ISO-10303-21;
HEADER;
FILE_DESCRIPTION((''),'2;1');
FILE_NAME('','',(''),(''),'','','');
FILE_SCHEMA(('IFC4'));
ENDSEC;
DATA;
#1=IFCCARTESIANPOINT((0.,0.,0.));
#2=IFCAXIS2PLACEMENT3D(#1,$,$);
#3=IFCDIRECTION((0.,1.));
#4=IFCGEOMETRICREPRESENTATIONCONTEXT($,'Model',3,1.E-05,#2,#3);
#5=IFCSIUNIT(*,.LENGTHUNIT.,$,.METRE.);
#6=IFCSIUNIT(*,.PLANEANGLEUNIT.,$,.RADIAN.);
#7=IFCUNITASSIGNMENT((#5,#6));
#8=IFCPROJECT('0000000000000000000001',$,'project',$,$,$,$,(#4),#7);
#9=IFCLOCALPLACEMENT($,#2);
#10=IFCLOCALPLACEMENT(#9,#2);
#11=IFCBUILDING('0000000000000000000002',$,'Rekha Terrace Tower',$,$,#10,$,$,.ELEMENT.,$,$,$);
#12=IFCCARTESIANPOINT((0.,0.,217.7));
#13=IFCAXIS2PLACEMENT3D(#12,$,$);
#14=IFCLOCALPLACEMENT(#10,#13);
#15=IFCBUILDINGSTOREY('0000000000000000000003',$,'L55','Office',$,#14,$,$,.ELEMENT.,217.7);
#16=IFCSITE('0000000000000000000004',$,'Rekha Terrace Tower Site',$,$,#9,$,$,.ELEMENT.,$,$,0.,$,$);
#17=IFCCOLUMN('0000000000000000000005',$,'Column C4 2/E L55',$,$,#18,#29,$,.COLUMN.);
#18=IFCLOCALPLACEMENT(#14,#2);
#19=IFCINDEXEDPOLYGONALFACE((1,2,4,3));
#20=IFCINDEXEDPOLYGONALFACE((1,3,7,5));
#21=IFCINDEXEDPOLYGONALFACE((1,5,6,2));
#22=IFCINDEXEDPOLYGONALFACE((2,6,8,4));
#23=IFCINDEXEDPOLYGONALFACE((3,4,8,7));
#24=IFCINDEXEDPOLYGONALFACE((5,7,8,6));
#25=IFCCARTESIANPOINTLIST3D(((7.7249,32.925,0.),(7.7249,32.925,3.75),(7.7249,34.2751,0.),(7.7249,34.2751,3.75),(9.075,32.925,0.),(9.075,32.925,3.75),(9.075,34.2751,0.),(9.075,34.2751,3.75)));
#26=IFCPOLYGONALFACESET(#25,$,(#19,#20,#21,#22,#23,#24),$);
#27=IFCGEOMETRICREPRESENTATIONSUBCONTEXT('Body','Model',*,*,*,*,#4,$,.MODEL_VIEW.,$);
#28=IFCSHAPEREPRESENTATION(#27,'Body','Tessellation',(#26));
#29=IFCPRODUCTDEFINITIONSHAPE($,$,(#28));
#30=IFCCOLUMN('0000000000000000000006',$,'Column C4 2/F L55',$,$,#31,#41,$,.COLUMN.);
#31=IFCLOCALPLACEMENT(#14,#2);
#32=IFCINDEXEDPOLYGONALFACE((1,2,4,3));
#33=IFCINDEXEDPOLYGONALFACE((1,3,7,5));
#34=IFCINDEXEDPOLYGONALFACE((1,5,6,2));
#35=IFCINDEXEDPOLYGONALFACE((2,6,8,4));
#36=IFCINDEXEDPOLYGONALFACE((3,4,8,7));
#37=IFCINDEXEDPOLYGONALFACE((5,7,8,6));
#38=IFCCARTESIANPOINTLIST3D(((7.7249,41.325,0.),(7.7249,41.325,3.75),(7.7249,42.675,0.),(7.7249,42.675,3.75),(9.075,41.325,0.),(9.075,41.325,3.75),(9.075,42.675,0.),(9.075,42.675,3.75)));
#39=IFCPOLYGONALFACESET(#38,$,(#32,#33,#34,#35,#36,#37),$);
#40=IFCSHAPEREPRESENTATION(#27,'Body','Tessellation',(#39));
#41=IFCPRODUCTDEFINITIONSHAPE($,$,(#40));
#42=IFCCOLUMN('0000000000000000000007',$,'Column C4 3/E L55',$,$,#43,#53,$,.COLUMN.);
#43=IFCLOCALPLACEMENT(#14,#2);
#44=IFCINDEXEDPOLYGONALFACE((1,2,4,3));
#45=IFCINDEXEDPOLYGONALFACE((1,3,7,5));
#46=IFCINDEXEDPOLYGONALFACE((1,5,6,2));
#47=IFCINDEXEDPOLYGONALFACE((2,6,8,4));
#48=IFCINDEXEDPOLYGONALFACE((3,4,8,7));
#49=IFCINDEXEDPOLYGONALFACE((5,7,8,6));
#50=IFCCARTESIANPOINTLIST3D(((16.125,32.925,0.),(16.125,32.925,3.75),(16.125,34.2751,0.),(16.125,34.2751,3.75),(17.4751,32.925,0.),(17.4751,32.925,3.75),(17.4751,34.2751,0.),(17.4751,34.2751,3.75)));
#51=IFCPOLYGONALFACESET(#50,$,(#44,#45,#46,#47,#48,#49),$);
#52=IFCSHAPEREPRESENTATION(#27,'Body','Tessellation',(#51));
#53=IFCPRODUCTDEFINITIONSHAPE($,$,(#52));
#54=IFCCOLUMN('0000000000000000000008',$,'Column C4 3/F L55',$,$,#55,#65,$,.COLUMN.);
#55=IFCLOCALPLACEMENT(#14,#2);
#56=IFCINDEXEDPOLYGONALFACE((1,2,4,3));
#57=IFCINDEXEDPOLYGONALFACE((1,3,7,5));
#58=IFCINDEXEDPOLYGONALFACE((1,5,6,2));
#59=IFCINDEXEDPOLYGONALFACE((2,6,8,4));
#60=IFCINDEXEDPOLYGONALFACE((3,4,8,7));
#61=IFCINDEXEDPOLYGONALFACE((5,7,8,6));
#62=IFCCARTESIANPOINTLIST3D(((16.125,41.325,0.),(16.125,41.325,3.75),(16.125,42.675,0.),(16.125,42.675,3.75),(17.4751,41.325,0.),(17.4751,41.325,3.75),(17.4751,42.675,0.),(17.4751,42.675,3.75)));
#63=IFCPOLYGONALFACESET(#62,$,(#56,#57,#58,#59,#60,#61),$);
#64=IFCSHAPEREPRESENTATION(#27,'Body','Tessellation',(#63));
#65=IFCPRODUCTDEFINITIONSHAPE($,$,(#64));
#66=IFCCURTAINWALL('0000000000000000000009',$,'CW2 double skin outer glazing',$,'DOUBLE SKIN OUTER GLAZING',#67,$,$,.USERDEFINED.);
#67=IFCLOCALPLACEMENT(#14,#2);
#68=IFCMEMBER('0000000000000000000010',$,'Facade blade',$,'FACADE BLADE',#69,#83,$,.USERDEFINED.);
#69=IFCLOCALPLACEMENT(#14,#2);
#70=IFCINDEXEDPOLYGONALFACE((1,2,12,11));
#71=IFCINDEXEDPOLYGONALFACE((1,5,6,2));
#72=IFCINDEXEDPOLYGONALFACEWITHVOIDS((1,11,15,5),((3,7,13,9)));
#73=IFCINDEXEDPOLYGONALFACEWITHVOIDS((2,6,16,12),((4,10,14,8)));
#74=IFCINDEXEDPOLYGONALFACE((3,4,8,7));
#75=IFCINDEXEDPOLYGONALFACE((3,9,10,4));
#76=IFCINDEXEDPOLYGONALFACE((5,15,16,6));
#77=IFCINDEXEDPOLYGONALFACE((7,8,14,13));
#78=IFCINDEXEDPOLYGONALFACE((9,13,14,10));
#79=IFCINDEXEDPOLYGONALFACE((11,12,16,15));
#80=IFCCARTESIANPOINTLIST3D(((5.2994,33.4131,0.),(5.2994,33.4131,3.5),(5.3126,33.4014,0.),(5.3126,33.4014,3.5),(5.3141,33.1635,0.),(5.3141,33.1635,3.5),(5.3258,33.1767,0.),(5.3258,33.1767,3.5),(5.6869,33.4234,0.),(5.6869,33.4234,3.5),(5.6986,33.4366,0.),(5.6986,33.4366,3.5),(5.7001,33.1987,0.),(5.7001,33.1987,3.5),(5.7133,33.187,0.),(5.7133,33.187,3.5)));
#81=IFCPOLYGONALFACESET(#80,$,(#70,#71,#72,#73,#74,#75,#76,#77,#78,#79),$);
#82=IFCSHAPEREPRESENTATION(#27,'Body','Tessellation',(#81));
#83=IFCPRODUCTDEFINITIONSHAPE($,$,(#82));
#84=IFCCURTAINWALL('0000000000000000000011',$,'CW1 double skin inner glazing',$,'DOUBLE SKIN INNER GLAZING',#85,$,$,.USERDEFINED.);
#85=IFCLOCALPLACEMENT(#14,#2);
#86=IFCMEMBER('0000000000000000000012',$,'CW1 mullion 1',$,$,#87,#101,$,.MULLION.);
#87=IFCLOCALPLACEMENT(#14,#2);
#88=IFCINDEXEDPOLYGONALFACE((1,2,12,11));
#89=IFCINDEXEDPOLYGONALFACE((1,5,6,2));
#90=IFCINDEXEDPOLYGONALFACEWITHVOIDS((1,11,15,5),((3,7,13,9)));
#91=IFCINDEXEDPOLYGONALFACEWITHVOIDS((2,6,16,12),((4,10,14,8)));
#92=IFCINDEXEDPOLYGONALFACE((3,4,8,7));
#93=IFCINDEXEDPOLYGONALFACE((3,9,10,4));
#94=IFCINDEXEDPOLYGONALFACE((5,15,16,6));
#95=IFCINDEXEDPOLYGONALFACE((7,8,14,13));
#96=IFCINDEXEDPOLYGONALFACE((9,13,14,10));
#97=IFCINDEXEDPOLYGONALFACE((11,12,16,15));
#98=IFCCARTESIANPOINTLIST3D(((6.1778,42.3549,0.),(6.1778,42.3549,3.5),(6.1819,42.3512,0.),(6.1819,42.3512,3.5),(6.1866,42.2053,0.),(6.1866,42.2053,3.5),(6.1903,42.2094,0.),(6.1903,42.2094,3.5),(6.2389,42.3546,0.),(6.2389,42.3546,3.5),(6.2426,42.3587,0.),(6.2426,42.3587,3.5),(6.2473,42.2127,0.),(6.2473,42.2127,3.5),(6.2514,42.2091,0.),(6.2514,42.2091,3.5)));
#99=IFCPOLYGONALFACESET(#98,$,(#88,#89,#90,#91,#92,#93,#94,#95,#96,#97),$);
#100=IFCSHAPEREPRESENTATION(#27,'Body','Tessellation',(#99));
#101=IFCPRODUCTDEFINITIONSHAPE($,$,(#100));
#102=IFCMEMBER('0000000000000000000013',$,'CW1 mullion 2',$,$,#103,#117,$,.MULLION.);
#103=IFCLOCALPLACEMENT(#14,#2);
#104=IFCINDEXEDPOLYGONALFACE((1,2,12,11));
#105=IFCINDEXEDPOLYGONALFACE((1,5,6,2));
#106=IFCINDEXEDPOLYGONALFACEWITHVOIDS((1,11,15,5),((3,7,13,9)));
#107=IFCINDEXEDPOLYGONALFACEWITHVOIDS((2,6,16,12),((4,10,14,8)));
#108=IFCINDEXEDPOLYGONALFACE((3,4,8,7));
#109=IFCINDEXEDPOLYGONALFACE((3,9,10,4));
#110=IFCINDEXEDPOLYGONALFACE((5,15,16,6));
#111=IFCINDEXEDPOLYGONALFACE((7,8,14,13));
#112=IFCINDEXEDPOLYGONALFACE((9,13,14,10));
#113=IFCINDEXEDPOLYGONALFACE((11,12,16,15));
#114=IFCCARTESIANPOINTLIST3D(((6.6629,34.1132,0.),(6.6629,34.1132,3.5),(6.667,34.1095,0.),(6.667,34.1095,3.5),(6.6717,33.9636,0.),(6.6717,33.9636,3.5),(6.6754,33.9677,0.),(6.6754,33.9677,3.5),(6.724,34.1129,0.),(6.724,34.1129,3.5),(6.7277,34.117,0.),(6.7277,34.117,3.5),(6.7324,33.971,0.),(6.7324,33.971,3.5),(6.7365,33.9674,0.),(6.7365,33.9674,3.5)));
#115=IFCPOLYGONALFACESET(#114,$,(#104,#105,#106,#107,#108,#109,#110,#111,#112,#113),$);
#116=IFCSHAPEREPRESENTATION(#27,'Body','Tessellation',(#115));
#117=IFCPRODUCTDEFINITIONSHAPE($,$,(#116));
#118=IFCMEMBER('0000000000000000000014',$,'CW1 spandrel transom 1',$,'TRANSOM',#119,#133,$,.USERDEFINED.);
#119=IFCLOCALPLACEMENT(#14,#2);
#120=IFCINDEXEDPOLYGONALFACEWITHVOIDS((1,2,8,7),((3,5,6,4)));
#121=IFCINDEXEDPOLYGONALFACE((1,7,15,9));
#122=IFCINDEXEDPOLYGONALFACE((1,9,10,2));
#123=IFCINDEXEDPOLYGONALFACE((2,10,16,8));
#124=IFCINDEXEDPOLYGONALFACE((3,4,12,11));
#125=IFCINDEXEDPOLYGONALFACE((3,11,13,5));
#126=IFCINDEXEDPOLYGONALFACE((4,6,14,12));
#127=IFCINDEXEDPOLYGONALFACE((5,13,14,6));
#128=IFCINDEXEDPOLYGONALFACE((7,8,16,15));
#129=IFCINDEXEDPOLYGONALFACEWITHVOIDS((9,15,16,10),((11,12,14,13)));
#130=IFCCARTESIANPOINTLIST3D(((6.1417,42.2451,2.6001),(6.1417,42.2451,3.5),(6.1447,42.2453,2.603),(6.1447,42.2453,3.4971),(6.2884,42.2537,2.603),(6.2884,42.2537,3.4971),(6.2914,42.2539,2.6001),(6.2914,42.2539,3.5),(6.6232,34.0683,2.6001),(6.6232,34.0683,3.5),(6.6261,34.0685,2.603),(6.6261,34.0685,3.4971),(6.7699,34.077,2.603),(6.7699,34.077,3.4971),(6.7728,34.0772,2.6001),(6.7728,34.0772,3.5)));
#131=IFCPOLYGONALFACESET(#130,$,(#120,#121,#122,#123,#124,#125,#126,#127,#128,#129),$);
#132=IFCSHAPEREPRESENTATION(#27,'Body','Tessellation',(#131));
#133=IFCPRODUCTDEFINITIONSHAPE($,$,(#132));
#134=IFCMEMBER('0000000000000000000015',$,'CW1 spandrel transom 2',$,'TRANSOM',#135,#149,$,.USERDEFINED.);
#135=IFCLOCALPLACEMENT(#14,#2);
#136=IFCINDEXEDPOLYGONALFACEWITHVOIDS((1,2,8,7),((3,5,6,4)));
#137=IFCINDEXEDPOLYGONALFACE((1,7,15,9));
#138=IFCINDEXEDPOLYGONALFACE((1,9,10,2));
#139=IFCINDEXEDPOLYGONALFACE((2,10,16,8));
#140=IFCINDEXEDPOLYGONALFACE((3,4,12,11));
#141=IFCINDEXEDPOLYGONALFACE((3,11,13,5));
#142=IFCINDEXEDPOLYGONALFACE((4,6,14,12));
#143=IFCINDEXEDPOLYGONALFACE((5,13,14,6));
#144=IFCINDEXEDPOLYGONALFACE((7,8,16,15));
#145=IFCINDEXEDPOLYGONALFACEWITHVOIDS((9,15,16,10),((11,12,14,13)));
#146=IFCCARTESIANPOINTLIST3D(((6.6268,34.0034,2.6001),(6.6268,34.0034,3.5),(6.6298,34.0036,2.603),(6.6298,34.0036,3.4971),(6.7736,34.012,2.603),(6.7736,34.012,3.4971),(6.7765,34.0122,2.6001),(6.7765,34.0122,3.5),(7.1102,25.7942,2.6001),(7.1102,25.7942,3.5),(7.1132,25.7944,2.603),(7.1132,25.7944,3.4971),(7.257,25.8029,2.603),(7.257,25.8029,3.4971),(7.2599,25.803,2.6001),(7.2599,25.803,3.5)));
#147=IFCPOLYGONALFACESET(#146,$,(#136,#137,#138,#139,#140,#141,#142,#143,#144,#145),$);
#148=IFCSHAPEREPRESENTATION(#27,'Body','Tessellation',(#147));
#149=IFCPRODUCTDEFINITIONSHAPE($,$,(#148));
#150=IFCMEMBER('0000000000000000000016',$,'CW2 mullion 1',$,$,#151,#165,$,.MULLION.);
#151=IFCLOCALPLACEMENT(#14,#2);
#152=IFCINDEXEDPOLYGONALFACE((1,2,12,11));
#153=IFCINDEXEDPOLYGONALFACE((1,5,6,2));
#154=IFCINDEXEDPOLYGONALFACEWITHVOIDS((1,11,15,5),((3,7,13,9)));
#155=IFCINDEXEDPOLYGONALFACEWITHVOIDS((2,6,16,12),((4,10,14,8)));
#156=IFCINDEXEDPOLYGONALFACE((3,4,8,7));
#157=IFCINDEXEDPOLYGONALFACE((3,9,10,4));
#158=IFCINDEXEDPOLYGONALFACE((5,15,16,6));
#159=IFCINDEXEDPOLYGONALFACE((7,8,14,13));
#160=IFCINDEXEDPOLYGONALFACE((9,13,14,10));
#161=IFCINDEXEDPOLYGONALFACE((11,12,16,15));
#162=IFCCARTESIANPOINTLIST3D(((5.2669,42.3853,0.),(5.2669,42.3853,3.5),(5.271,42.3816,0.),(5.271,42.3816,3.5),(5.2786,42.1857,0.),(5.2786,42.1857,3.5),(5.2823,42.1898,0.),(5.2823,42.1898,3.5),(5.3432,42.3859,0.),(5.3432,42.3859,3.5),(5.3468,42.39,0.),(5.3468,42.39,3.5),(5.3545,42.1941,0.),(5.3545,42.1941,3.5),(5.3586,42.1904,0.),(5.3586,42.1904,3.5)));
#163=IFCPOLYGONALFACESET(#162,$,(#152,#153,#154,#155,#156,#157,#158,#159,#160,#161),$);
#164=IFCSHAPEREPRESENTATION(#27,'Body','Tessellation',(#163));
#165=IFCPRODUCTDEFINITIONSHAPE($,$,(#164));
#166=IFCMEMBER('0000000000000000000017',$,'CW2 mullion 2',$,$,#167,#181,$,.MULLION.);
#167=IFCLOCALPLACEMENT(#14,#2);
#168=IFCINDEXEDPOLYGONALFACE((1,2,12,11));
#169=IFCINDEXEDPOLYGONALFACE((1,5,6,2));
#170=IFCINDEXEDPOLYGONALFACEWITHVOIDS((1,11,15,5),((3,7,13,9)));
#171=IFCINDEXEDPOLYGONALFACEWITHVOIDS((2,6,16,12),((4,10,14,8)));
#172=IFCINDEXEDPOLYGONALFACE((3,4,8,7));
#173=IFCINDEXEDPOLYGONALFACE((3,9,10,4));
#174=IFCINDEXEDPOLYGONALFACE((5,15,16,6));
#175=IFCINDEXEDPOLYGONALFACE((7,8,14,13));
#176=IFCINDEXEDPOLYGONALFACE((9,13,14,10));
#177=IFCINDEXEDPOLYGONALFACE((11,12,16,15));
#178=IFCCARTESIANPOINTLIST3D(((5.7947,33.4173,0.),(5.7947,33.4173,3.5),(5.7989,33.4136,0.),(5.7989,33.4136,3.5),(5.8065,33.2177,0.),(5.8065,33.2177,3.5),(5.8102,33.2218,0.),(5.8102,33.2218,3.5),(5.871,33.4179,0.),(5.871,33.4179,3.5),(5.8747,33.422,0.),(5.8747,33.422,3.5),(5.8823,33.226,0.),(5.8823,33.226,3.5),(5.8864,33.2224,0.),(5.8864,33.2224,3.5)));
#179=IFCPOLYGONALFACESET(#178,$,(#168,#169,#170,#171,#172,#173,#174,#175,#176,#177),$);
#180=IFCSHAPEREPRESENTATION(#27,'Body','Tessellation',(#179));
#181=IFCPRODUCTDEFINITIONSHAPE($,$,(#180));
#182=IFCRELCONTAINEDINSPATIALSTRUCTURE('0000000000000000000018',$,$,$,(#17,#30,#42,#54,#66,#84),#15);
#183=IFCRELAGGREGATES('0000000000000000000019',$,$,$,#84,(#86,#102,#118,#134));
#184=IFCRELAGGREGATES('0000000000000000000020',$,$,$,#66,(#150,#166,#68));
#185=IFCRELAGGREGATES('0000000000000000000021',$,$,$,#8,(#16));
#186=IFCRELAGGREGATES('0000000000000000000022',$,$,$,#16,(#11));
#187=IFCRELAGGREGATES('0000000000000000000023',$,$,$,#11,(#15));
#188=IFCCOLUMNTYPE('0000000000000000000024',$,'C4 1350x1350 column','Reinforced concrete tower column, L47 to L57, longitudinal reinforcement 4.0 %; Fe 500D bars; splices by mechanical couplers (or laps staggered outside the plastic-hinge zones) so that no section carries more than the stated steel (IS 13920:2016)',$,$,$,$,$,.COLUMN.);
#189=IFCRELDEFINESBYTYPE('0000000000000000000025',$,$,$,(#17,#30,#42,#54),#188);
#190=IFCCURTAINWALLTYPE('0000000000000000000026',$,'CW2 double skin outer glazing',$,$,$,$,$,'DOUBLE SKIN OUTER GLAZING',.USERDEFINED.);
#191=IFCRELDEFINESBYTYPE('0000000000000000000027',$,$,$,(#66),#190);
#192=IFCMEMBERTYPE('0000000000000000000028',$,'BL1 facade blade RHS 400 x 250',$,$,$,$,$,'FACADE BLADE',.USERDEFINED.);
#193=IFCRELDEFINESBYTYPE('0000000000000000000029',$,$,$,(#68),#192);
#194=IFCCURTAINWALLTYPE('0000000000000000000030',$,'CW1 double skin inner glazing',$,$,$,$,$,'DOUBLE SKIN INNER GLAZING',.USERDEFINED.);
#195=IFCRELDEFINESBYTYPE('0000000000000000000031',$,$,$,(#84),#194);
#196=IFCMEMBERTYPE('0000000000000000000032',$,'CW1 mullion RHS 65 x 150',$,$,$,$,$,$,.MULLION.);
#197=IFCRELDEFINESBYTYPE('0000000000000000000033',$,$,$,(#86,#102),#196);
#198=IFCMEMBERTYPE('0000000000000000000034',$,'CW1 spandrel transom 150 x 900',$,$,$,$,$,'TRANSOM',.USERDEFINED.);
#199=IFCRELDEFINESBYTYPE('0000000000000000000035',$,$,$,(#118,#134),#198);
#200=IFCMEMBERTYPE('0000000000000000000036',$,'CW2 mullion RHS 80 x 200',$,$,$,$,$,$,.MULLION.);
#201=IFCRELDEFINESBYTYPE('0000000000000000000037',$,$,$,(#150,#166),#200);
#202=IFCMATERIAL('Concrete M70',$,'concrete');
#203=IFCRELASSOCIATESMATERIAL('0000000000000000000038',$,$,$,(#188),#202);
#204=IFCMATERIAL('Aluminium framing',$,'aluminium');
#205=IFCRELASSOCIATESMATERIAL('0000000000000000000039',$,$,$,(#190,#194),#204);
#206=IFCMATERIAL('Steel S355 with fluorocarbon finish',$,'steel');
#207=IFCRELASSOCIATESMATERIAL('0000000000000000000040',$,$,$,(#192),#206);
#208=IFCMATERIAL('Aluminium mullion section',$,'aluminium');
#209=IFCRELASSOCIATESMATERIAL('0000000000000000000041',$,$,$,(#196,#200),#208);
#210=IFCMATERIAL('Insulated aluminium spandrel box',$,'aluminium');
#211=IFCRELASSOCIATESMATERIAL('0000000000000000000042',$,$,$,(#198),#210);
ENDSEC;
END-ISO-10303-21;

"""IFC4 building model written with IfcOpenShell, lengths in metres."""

from ifc_helpers import new_model, si_unit, direction, frame, origin, origin_2d, place, context, subcontext, project, spatial, rectangle, hollow_rectangle, extrude, material, material_profile, profile_set, type_object, element, aggregate, save


model = new_model("IFC4")

# Units and contexts
model_context = context("Model", 3, precision=1e-05, world=origin(), true_north=direction((0.0, 1.0)))
body_context = subcontext(model_context, "Body", "Model", "MODEL_VIEW")
ifc_project = project(units=[si_unit("LENGTHUNIT", "METRE"), si_unit("PLANEANGLEUNIT", "RADIAN")], contexts=[model_context])

# Site, building, storey
site_placement = place(None, origin())
site = spatial("IfcSite", under=ifc_project, at=site_placement, Name="Rekha Terrace Tower Site", CompositionType="ELEMENT", RefElevation=0.0)
building_placement = place(site_placement, origin())
building = spatial("IfcBuilding", under=site, at=building_placement, Name="Rekha Terrace Tower", CompositionType="ELEMENT")
storey_placement = place(building_placement, frame((0.0, 0.0, 217.7)))
storey = spatial("IfcBuildingStorey", under=building, at=storey_placement, Name="L55", Description="Office", CompositionType="ELEMENT", Elevation=217.7)

# Columns
ifc_material_1 = material(Name="Concrete M70", Category="concrete")
ifc_material_profile_1 = material_profile(ifc_material_1, rectangle(XDim=1.3501, YDim=1.3501, at=origin_2d()), Name="RC 1350x1350")
ifc_profile_set_1 = profile_set([ifc_material_profile_1], Name="Concrete M70")
column_type = type_object("IfcColumnType", Name="C4 1350x1350 column", Description="Reinforced concrete tower column, L47 to L57, longitudinal reinforcement 4.0 %; Fe 500D bars; splices by mechanical couplers (or laps staggered outside the plastic-hinge zones) so that no section carries more than the stated steel (IS 13920:2016)", PredefinedType="COLUMN", material=ifc_profile_set_1)
for number, where, z_axis, x_axis, name in (
    (1, (8.3999, 33.6001, 0.0), (0.0, 0.0, 1.0), (1.0, 0.0, 0.0), "Column C4 2/E L55"),
    (2, (8.3999, 42.0, 0.0), (0.0, 0.0, 1.0), (1.0, 0.0, 0.0), "Column C4 2/F L55"),
    (3, (16.8, 33.6001, 0.0), (0.0, 0.0, 1.0), (1.0, 0.0, 0.0), "Column C4 3/E L55"),
    (4, (16.8, 42.0, 0.0), (0.0, 0.0, 1.0), (1.0, 0.0, 0.0), "Column C4 3/F L55"),
):
    element("IfcColumn", number, at=place(storey_placement, frame(where, z_axis=z_axis, x_axis=x_axis)), inside=storey, type_object=column_type, Name=name, PredefinedType="COLUMN", context=body_context, shape_type="SweptSolid", body=[
        extrude(rectangle(XDim=1.3501, YDim=1.3501, at=origin_2d()), origin(), (0.0, 0.0, 1.0), 3.75),
    ])

# Curtain wall, member
ifc_material_2 = material(Name="Aluminium framing", Category="aluminium")
curtain_wall_type_1 = type_object("IfcCurtainWallType", Name="CW2 double skin outer glazing", ElementType="DOUBLE SKIN OUTER GLAZING", PredefinedType="USERDEFINED", material=ifc_material_2)
curtain_wall_1_placement = place(storey_placement, origin())
curtain_wall_1 = element("IfcCurtainWall", 5, at=curtain_wall_1_placement, inside=storey, type_object=curtain_wall_type_1, Name="CW2 double skin outer glazing", ObjectType="DOUBLE SKIN OUTER GLAZING", PredefinedType="USERDEFINED")
ifc_material_3 = material(Name="Steel S355 with fluorocarbon finish", Category="steel")
ifc_material_profile_2 = material_profile(ifc_material_3, hollow_rectangle(XDim=0.25, YDim=0.3999, WallThickness=0.0125, at=origin_2d()), Name="RHS400x250x12.5")
ifc_profile_set_2 = profile_set([ifc_material_profile_2], Name="Steel S355 with fluorocarbon finish")
member_type_1 = type_object("IfcMemberType", Name="BL1 facade blade RHS 400 x 250", ElementType="FACADE BLADE", PredefinedType="USERDEFINED", material=ifc_profile_set_2)
member_1_placement = place(storey_placement, frame((5.5063, 33.3, 0.0), z_axis=(0.0, 0.0, 1.0), x_axis=(0.058765, -0.998272, 0.0)))
member_1 = element("IfcMember", 6, at=member_1_placement, type_object=member_type_1, Name="Facade blade", ObjectType="FACADE BLADE", PredefinedType="USERDEFINED", context=body_context, shape_type="SweptSolid", body=[
    extrude(hollow_rectangle(XDim=0.25, YDim=0.3999, WallThickness=0.0125, at=origin_2d()), origin(), (0.0, 0.0, 1.0), 3.5),
])

# Curtain wall, members
curtain_wall_type_2 = type_object("IfcCurtainWallType", Name="CW1 double skin inner glazing", ElementType="DOUBLE SKIN INNER GLAZING", PredefinedType="USERDEFINED", material=ifc_material_2)
curtain_wall_2_placement = place(storey_placement, origin())
curtain_wall_2 = element("IfcCurtainWall", 7, at=curtain_wall_2_placement, inside=storey, type_object=curtain_wall_type_2, Name="CW1 double skin inner glazing", ObjectType="DOUBLE SKIN INNER GLAZING", PredefinedType="USERDEFINED")
ifc_material_4 = material(Name="Aluminium mullion section", Category="aluminium")
ifc_material_profile_3 = material_profile(ifc_material_4, hollow_rectangle(XDim=0.0649, YDim=0.1499, WallThickness=0.0039, at=origin_2d()), Name="AL RHS 65x150")
ifc_profile_set_3 = profile_set([ifc_material_profile_3], Name="Aluminium mullion section")
member_type_2 = type_object("IfcMemberType", Name="CW1 mullion RHS 65 x 150", PredefinedType="MULLION", material=ifc_profile_set_3)
member_2_placement = place(storey_placement, frame((6.2146, 42.282, 0.0), z_axis=(0.0, 0.0, 1.0), x_axis=(0.998272, 0.058765, 0.0)))
member_2 = element("IfcMember", 8, at=member_2_placement, type_object=member_type_2, Name="CW1 mullion 1", PredefinedType="MULLION", context=body_context, shape_type="SweptSolid", body=[
    extrude(hollow_rectangle(XDim=0.0649, YDim=0.1499, WallThickness=0.0039, at=origin_2d()), origin(), (0.0, 0.0, 1.0), 3.5),
])
member_3_placement = place(storey_placement, frame((6.6997, 34.0403, 0.0), z_axis=(0.0, 0.0, 1.0), x_axis=(0.998272, 0.058765, 0.0)))
member_3 = element("IfcMember", 9, at=member_3_placement, type_object=member_type_2, Name="CW1 mullion 2", PredefinedType="MULLION", context=body_context, shape_type="SweptSolid", body=[
    extrude(hollow_rectangle(XDim=0.0649, YDim=0.1499, WallThickness=0.0039, at=origin_2d()), origin(), (0.0, 0.0, 1.0), 3.5),
])
ifc_material_5 = material(Name="Insulated aluminium spandrel box", Category="aluminium")
ifc_material_profile_4 = material_profile(ifc_material_5, hollow_rectangle(XDim=0.1499, YDim=0.8999, WallThickness=0.0029, at=origin_2d()), Name="AL SPANDREL BOX 150x900")
ifc_profile_set_4 = profile_set([ifc_material_profile_4], Name="Insulated aluminium spandrel box")
member_type_3 = type_object("IfcMemberType", Name="CW1 spandrel transom 150 x 900", ElementType="TRANSOM", PredefinedType="USERDEFINED", material=ifc_profile_set_4)
member_4_placement = place(storey_placement, frame((6.2166, 42.2495, 3.05), z_axis=(0.058778, -0.998271, 0.0), x_axis=(0.998271, 0.058778, 0.0)))
member_4 = element("IfcMember", 10, at=member_4_placement, type_object=member_type_3, Name="CW1 spandrel transom 1", ObjectType="TRANSOM", PredefinedType="USERDEFINED", context=body_context, shape_type="SweptSolid", body=[
    extrude(hollow_rectangle(XDim=0.1499, YDim=0.8999, WallThickness=0.0029, at=origin_2d()), origin(), (0.0, 0.0, 1.0), 8.1909),
])
member_5_placement = place(storey_placement, frame((6.7017, 34.0078, 3.05), z_axis=(0.058783, -0.998271, 0.0), x_axis=(0.998271, 0.058783, 0.0)))
member_5 = element("IfcMember", 11, at=member_5_placement, type_object=member_type_3, Name="CW1 spandrel transom 2", ObjectType="TRANSOM", PredefinedType="USERDEFINED", context=body_context, shape_type="SweptSolid", body=[
    extrude(hollow_rectangle(XDim=0.1499, YDim=0.8999, WallThickness=0.0029, at=origin_2d()), origin(), (0.0, 0.0, 1.0), 8.2234),
])

# Members
ifc_material_profile_5 = material_profile(ifc_material_4, hollow_rectangle(XDim=0.0801, YDim=0.2, WallThickness=0.0039, at=origin_2d()), Name="AL RHS 80x200")
ifc_profile_set_5 = profile_set([ifc_material_profile_5], Name="Aluminium mullion section")
member_type_4 = type_object("IfcMemberType", Name="CW2 mullion RHS 80 x 200", PredefinedType="MULLION", material=ifc_profile_set_5)
member_6_placement = place(storey_placement, frame((5.3127, 42.2878, 0.0), z_axis=(0.0, 0.0, 1.0), x_axis=(0.998272, 0.058765, 0.0)))
member_6 = element("IfcMember", 12, at=member_6_placement, type_object=member_type_4, Name="CW2 mullion 1", PredefinedType="MULLION", context=body_context, shape_type="SweptSolid", body=[
    extrude(hollow_rectangle(XDim=0.0801, YDim=0.2, WallThickness=0.0039, at=origin_2d()), origin(), (0.0, 0.0, 1.0), 3.5),
])
member_7_placement = place(storey_placement, frame((5.8406, 33.3198, 0.0), z_axis=(0.0, 0.0, 1.0), x_axis=(0.998272, 0.058765, 0.0)))
member_7 = element("IfcMember", 13, at=member_7_placement, type_object=member_type_4, Name="CW2 mullion 2", PredefinedType="MULLION", context=body_context, shape_type="SweptSolid", body=[
    extrude(hollow_rectangle(XDim=0.0801, YDim=0.2, WallThickness=0.0039, at=origin_2d()), origin(), (0.0, 0.0, 1.0), 3.5),
])

aggregate(curtain_wall_2, [member_2, member_3, member_4, member_5])
aggregate(curtain_wall_1, [member_6, member_7, member_1])

save(model, "model.ifc")
